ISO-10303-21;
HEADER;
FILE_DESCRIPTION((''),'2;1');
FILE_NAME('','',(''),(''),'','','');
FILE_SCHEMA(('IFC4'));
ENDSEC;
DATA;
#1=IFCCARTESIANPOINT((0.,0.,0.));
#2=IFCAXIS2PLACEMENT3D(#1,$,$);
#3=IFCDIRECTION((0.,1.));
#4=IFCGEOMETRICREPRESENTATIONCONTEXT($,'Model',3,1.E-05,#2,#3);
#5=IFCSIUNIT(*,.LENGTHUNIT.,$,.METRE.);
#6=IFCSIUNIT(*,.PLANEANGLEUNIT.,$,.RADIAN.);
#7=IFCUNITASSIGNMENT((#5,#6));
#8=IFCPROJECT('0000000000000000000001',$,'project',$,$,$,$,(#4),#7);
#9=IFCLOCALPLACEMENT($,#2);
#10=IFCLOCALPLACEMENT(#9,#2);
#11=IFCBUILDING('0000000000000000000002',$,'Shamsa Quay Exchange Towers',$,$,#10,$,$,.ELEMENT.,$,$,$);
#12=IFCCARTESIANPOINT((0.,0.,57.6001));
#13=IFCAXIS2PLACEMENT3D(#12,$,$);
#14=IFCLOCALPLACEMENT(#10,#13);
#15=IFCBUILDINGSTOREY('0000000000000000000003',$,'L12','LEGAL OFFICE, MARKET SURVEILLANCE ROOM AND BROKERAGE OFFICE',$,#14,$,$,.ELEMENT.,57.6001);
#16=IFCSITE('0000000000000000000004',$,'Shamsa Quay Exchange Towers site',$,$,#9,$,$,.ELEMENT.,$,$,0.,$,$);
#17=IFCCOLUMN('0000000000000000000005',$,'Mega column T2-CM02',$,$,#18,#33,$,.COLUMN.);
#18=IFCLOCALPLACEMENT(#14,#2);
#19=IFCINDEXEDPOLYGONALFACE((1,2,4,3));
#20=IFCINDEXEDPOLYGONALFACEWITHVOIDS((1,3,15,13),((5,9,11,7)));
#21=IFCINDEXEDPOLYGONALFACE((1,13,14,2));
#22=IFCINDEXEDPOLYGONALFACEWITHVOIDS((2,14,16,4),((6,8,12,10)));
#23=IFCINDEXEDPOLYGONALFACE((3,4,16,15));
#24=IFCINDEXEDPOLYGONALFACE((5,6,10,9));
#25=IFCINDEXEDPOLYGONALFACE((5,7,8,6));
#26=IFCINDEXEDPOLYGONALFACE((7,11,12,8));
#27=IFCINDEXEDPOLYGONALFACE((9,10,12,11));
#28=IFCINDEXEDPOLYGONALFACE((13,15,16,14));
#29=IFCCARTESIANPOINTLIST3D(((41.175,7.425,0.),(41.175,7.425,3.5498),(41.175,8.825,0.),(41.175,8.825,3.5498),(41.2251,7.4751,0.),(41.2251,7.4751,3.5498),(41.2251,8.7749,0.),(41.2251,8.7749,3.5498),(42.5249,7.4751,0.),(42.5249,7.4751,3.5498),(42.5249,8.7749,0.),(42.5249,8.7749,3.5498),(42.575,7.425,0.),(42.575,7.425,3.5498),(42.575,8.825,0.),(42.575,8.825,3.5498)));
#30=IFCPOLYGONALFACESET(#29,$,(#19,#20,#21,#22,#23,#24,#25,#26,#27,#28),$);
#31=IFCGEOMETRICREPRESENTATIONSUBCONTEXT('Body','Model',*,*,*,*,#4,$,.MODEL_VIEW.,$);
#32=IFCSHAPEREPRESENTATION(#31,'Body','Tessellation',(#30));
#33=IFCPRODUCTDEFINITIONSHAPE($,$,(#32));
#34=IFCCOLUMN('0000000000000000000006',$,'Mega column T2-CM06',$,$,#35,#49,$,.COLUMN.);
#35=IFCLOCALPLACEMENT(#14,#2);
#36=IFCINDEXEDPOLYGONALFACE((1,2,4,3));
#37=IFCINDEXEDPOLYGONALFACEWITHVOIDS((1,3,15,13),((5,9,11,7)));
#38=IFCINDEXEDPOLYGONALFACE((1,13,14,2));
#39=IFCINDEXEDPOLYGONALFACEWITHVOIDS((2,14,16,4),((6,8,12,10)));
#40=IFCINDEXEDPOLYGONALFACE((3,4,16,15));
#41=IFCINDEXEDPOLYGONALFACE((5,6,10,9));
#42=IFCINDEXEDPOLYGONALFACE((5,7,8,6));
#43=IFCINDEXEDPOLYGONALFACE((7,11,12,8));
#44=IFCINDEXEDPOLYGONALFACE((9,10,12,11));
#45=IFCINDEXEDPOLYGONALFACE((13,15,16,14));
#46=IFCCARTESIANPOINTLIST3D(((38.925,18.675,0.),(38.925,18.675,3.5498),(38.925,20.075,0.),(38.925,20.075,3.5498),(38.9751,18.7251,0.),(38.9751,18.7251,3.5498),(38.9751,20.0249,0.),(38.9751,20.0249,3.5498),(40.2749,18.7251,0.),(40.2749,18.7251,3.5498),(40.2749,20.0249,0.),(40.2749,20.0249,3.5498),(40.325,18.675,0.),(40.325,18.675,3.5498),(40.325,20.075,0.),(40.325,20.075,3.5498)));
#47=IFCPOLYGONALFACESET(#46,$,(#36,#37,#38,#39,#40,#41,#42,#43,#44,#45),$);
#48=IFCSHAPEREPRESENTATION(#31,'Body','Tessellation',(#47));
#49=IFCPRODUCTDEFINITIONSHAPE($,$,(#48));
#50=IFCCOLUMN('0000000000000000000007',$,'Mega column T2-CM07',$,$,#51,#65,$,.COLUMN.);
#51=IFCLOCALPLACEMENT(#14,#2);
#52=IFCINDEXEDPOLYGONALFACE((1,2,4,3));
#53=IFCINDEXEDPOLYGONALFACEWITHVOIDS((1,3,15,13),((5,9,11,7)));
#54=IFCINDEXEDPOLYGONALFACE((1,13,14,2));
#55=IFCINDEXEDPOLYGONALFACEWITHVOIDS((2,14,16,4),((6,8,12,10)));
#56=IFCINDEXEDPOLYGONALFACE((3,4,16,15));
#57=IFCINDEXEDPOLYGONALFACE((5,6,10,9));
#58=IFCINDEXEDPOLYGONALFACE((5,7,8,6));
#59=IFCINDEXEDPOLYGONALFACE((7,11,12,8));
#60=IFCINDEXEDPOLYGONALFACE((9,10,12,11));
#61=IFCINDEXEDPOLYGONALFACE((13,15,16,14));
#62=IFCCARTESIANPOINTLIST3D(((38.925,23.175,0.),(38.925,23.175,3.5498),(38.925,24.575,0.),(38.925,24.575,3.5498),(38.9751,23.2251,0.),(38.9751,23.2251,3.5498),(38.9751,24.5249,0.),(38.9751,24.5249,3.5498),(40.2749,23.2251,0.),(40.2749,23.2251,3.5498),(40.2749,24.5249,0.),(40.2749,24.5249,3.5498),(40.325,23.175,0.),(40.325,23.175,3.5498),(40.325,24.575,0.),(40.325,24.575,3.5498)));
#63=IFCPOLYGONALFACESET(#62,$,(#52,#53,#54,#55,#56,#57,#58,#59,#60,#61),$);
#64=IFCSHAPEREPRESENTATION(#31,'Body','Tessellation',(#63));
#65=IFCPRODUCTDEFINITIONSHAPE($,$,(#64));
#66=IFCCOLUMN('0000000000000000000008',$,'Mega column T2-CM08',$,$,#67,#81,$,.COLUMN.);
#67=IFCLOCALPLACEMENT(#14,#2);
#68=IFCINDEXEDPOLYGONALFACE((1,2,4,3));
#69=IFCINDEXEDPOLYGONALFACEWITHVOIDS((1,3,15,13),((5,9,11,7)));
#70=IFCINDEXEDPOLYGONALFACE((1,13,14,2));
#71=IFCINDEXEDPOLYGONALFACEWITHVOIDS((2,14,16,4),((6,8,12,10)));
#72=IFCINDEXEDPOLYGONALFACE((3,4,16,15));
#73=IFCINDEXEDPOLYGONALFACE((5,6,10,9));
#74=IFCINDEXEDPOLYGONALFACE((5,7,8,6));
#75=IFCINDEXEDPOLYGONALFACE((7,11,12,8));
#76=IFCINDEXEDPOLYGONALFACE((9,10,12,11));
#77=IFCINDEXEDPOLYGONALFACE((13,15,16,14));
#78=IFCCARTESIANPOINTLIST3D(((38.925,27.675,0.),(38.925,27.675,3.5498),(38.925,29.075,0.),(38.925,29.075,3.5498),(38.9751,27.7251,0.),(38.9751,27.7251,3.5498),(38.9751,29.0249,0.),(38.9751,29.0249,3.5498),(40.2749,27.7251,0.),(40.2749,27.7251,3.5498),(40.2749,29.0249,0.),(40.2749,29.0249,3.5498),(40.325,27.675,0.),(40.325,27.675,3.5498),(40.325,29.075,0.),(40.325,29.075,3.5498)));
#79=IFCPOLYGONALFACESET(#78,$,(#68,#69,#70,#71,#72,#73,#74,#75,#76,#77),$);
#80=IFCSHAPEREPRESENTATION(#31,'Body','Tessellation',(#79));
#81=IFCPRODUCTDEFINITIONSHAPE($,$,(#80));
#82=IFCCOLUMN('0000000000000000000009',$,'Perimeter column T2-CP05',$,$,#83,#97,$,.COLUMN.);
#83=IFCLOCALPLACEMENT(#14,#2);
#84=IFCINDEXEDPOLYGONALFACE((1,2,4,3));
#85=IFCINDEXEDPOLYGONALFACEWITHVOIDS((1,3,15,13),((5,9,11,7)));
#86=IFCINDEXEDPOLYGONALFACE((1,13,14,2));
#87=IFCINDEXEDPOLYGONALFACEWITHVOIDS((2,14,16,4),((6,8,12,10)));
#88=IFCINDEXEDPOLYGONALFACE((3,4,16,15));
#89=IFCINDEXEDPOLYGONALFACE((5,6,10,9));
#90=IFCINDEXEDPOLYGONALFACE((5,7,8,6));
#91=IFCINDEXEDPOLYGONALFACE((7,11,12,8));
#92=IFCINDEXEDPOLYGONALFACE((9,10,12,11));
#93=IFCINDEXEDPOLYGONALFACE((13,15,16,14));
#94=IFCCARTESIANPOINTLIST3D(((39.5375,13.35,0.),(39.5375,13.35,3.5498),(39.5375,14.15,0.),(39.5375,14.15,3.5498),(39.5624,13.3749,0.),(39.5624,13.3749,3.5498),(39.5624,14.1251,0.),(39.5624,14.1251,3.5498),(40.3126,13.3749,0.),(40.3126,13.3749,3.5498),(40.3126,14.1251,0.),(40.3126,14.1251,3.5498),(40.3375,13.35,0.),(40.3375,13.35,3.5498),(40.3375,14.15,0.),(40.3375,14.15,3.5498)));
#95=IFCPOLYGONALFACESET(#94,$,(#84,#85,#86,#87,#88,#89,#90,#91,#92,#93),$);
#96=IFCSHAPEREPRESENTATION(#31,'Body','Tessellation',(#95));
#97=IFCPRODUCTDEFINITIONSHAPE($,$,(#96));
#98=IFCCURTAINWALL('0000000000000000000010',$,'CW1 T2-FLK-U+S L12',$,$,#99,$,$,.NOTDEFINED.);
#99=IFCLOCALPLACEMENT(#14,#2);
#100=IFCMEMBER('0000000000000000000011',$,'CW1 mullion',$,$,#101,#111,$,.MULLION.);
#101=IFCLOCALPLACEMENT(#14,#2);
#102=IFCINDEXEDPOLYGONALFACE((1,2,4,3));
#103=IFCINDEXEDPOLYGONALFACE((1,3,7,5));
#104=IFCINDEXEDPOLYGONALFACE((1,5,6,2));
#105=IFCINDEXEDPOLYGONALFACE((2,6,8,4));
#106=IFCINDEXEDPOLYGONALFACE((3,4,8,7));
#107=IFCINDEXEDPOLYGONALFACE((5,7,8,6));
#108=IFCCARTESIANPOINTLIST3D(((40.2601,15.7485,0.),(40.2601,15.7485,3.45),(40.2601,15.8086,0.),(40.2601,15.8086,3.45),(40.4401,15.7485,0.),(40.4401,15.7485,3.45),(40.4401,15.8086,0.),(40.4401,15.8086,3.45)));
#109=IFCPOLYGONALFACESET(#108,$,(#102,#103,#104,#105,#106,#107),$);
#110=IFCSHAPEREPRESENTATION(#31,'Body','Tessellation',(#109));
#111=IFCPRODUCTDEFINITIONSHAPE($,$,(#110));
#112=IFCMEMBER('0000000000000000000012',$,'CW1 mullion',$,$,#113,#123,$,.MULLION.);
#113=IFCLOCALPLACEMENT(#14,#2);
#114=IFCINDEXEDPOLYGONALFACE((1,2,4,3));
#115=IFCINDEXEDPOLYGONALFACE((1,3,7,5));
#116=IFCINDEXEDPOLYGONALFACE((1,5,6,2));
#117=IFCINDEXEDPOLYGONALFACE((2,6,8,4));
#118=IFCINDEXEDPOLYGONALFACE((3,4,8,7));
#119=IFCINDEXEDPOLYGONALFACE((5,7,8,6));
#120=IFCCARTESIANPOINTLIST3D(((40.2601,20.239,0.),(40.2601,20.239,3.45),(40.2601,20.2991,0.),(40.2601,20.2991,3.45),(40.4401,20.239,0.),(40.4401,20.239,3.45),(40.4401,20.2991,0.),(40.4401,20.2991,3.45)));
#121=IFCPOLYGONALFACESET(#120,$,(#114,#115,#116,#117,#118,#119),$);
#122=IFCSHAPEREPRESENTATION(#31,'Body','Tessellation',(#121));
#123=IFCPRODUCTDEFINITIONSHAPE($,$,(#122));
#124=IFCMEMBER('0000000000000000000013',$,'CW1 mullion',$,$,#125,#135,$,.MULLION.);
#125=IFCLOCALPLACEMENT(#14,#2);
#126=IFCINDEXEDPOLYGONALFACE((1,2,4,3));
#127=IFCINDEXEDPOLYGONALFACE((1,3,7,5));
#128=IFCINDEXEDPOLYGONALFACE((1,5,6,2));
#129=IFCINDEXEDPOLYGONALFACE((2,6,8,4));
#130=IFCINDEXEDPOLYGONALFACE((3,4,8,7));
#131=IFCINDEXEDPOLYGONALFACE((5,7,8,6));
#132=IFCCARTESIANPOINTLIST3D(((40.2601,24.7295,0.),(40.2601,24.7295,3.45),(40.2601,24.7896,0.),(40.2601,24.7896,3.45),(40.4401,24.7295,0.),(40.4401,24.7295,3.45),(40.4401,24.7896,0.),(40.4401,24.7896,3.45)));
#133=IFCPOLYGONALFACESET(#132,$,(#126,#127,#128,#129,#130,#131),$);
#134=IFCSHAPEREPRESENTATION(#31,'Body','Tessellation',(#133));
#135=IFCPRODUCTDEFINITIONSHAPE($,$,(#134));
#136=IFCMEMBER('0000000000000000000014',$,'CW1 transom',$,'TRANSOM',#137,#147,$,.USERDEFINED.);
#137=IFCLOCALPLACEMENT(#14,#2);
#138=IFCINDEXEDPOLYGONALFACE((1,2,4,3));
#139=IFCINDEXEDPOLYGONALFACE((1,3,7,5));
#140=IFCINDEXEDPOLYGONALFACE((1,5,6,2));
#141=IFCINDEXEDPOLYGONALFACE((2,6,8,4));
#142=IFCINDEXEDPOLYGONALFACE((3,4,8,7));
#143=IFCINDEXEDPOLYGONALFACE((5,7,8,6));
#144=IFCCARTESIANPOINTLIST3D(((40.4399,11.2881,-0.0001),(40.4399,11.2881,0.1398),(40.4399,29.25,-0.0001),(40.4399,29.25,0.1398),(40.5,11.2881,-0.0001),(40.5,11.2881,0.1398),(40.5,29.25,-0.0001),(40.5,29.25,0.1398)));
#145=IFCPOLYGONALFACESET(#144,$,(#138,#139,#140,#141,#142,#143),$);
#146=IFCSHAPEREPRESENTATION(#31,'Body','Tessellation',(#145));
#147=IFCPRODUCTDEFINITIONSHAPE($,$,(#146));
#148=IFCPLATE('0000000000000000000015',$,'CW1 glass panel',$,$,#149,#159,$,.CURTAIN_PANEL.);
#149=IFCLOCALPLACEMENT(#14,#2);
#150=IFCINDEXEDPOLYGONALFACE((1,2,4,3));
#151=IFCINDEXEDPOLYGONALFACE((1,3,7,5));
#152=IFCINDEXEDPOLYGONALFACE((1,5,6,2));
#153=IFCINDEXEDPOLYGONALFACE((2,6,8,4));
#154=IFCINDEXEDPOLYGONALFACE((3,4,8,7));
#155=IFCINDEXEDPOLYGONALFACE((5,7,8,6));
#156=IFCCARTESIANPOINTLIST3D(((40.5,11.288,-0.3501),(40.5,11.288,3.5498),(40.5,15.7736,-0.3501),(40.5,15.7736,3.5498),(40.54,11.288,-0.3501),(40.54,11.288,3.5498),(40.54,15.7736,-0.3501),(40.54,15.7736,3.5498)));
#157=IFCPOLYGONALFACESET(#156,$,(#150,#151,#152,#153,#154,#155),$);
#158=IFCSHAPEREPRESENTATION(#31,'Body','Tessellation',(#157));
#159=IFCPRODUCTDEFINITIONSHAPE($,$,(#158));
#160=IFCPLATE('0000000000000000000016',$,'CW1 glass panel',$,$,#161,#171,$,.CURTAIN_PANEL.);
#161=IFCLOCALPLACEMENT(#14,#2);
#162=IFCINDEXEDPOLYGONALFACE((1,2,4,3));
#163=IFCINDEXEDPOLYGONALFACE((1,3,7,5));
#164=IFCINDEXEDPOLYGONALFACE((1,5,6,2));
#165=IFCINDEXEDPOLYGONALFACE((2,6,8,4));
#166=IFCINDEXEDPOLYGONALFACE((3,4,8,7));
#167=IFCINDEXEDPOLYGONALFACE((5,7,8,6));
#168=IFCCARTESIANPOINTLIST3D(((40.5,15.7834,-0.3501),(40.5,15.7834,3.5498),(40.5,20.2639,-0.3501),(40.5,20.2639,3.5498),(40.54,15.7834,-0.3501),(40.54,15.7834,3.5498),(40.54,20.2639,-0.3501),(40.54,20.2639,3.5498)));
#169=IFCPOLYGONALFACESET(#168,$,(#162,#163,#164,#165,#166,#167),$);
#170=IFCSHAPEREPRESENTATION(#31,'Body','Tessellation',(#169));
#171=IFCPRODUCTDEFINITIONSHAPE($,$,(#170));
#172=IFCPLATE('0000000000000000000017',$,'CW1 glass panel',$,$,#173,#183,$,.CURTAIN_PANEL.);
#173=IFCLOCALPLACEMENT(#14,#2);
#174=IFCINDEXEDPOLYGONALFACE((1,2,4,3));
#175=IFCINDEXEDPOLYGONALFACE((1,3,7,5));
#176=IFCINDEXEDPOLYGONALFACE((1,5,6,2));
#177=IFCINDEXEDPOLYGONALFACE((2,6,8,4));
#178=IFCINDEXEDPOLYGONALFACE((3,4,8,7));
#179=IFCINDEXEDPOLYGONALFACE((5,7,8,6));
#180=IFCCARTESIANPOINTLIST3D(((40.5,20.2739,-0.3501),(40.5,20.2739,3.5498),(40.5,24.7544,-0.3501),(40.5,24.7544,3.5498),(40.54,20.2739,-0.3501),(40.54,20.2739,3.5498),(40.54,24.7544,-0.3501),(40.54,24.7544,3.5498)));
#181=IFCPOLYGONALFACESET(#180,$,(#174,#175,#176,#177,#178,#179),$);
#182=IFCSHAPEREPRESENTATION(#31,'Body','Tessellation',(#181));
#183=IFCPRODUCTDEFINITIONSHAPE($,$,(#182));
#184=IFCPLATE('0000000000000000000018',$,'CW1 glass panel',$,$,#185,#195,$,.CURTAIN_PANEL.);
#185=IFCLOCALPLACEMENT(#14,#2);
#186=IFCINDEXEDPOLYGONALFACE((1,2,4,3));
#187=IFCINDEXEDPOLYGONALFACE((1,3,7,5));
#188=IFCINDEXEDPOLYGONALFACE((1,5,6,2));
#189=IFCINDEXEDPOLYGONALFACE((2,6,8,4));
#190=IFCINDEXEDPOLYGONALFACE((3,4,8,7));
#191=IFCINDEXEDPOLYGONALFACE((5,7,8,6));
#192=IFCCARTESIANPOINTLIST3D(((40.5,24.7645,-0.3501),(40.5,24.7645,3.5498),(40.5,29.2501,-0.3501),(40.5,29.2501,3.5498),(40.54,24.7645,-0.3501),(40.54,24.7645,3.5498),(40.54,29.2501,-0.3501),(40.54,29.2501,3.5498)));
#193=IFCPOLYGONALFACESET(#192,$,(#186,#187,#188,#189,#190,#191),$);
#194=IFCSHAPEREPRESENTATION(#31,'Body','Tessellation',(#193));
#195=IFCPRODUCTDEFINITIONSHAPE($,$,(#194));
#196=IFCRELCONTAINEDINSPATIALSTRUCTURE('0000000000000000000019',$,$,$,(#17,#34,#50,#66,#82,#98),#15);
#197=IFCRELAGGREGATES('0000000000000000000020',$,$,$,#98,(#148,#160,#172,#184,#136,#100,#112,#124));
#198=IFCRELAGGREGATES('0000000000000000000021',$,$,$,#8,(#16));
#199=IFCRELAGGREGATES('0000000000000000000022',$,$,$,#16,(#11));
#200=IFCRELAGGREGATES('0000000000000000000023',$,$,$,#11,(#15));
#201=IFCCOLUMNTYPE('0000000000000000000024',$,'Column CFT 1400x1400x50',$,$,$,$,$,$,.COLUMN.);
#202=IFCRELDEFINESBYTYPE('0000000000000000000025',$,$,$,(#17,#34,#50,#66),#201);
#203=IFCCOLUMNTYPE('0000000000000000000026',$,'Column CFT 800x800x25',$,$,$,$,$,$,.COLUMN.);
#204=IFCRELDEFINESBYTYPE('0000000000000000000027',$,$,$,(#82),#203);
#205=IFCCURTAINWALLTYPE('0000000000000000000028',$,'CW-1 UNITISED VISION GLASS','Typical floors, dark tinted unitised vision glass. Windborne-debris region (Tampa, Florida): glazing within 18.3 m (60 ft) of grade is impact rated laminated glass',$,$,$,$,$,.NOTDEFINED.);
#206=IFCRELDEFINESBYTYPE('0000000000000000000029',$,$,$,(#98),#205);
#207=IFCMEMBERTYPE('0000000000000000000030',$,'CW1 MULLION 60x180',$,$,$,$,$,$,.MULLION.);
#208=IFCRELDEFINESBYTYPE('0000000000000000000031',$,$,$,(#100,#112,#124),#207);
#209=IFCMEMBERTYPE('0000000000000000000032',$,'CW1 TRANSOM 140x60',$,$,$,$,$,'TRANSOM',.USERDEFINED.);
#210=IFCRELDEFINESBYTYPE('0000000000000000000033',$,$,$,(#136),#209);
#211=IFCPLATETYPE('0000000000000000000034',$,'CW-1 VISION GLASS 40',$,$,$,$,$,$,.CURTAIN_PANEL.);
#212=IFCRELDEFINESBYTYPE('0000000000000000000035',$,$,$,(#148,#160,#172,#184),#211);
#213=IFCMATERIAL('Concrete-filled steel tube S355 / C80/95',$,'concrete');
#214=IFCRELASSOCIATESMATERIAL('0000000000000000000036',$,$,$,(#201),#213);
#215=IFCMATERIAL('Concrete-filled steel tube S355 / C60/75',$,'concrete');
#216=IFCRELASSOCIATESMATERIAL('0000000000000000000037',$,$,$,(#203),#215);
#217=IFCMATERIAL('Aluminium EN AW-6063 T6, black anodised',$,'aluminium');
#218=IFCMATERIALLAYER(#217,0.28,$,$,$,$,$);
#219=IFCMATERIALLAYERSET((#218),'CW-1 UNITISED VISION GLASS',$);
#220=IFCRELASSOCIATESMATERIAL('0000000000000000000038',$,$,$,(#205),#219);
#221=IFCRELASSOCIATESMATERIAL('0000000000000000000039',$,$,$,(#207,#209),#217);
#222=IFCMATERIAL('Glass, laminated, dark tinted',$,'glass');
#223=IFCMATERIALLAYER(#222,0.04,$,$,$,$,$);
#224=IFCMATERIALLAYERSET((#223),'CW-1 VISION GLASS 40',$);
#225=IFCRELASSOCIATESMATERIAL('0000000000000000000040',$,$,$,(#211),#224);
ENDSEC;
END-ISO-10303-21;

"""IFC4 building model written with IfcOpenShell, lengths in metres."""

from ifc_helpers import new_model, si_unit, direction, frame, origin, origin_2d, place, context, subcontext, project, spatial, rectangle, hollow_rectangle, extrude, material, layer, layer_set, material_profile, profile_set, type_object, element, aggregate, save


model = new_model("IFC4")

# Units and contexts
model_context = context("Model", 3, precision=1e-05, world=origin(), true_north=direction((0.0, 1.0)))
body_context = subcontext(model_context, "Body", "Model", "MODEL_VIEW")
ifc_project = project(units=[si_unit("LENGTHUNIT", "METRE"), si_unit("PLANEANGLEUNIT", "RADIAN")], contexts=[model_context])

# Site, building, storey
site_placement = place(None, origin())
site = spatial("IfcSite", under=ifc_project, at=site_placement, Name="Shamsa Quay Exchange Towers site", CompositionType="ELEMENT", RefElevation=0.0)
building_placement = place(site_placement, origin())
building = spatial("IfcBuilding", under=site, at=building_placement, Name="Shamsa Quay Exchange Towers", CompositionType="ELEMENT")
storey_placement = place(building_placement, frame((0.0, 0.0, 57.6001)))
storey = spatial("IfcBuildingStorey", under=building, at=storey_placement, Name="L12", Description="LEGAL OFFICE, MARKET SURVEILLANCE ROOM AND BROKERAGE OFFICE", CompositionType="ELEMENT", Elevation=57.6001)

# Columns
ifc_material_1 = material(Name="Concrete-filled steel tube S355 / C80/95", Category="concrete")
ifc_material_profile_1 = material_profile(ifc_material_1, hollow_rectangle(XDim=1.3999, YDim=1.3999, WallThickness=0.05, at=origin_2d()), Name="CFT 1400x1400x50")
ifc_profile_set_1 = profile_set([ifc_material_profile_1], Name="Concrete-filled steel tube S355 / C80/95")
column_type_1 = type_object("IfcColumnType", Name="Column CFT 1400x1400x50", PredefinedType="COLUMN", material=ifc_profile_set_1)
for number, where, name in (
    (1, (41.875, 8.125, 0.0), "Mega column T2-CM02"),
    (2, (39.625, 19.375, 0.0), "Mega column T2-CM06"),
    (3, (39.625, 23.875, 0.0), "Mega column T2-CM07"),
    (4, (39.625, 28.375, 0.0), "Mega column T2-CM08"),
):
    element("IfcColumn", number, at=place(storey_placement, frame(where)), inside=storey, type_object=column_type_1, Name=name, PredefinedType="COLUMN", context=body_context, shape_type="SweptSolid", body=[
        extrude(hollow_rectangle(XDim=1.3999, YDim=1.3999, WallThickness=0.05, at=origin_2d()), origin(), (0.0, 0.0, 1.0), 3.5498),
    ])
ifc_material_2 = material(Name="Concrete-filled steel tube S355 / C60/75", Category="concrete")
ifc_material_profile_2 = material_profile(ifc_material_2, hollow_rectangle(XDim=0.8, YDim=0.8, WallThickness=0.0249, at=origin_2d()), Name="CFT 800x800x25")
ifc_profile_set_2 = profile_set([ifc_material_profile_2], Name="Concrete-filled steel tube S355 / C60/75")
column_type_2 = type_object("IfcColumnType", Name="Column CFT 800x800x25", PredefinedType="COLUMN", material=ifc_profile_set_2)
column_placement = place(storey_placement, frame((39.9375, 13.75, 0.0)))
element("IfcColumn", 5, at=column_placement, inside=storey, type_object=column_type_2, Name="Perimeter column T2-CP05", PredefinedType="COLUMN", context=body_context, shape_type="SweptSolid", body=[
    extrude(hollow_rectangle(XDim=0.8, YDim=0.8, WallThickness=0.0249, at=origin_2d()), origin(), (0.0, 0.0, 1.0), 3.5498),
])

# Curtain wall, members, plates
ifc_material_3 = material(Name="Aluminium EN AW-6063 T6, black anodised", Category="aluminium")
ifc_layer_1 = layer(ifc_material_3, 0.28)
ifc_layer_set_1 = layer_set([ifc_layer_1], Name="CW-1 UNITISED VISION GLASS")
curtain_wall_type_1 = type_object("IfcCurtainWallType", Name="CW-1 UNITISED VISION GLASS", Description="Typical floors, dark tinted unitised vision glass. Windborne-debris region (Tampa, Florida): glazing within 18.3 m (60 ft) of grade is impact rated laminated glass", PredefinedType="NOTDEFINED", material=ifc_layer_set_1)
curtain_wall_1_placement = place(storey_placement, origin())
curtain_wall_1 = element("IfcCurtainWall", 6, at=curtain_wall_1_placement, inside=storey, type_object=curtain_wall_type_1, Name="CW1 T2-FLK-U+S L12", PredefinedType="NOTDEFINED")
ifc_material_profile_3 = material_profile(ifc_material_3, rectangle(XDim=0.1799, YDim=0.0601, at=origin_2d()), Name="MU60x180")
ifc_profile_set_3 = profile_set([ifc_material_profile_3], Name="Aluminium EN AW-6063 T6, black anodised")
member_type_1 = type_object("IfcMemberType", Name="CW1 MULLION 60x180", PredefinedType="MULLION", material=ifc_profile_set_3)
member_1_placement = place(storey_placement, frame((40.3501, 15.7786, 0.0), z_axis=(0.0, 0.0, 1.0), x_axis=(-1.0, 0.0, 0.0)))
member_1 = element("IfcMember", 7, at=member_1_placement, type_object=member_type_1, Name="CW1 mullion", PredefinedType="MULLION", context=body_context, shape_type="SweptSolid", body=[
    extrude(rectangle(XDim=0.1799, YDim=0.0601, at=origin_2d()), origin(), (0.0, 0.0, 1.0), 3.45),
])
member_2_placement = place(storey_placement, frame((40.3501, 20.269, 0.0), z_axis=(0.0, 0.0, 1.0), x_axis=(-1.0, 0.0, 0.0)))
member_2 = element("IfcMember", 8, at=member_2_placement, type_object=member_type_1, Name="CW1 mullion", PredefinedType="MULLION", context=body_context, shape_type="SweptSolid", body=[
    extrude(rectangle(XDim=0.1799, YDim=0.0601, at=origin_2d()), origin(), (0.0, 0.0, 1.0), 3.45),
])
member_3_placement = place(storey_placement, frame((40.3501, 24.7595, 0.0), z_axis=(0.0, 0.0, 1.0), x_axis=(-1.0, 0.0, 0.0)))
member_3 = element("IfcMember", 9, at=member_3_placement, type_object=member_type_1, Name="CW1 mullion", PredefinedType="MULLION", context=body_context, shape_type="SweptSolid", body=[
    extrude(rectangle(XDim=0.1799, YDim=0.0601, at=origin_2d()), origin(), (0.0, 0.0, 1.0), 3.45),
])
ifc_material_profile_4 = material_profile(ifc_material_3, rectangle(XDim=0.0601, YDim=0.1399, at=origin_2d()), Name="TR140x60")
ifc_profile_set_4 = profile_set([ifc_material_profile_4], Name="Aluminium EN AW-6063 T6, black anodised")
member_type_2 = type_object("IfcMemberType", Name="CW1 TRANSOM 140x60", ElementType="TRANSOM", PredefinedType="USERDEFINED", material=ifc_profile_set_4)
member_4_placement = place(storey_placement, frame((40.47, 11.2881, 0.0698), z_axis=(0.0, 1.0, 0.0), x_axis=(-1.0, 0.0, 0.0)))
member_4 = element("IfcMember", 10, at=member_4_placement, type_object=member_type_2, Name="CW1 transom", ObjectType="TRANSOM", PredefinedType="USERDEFINED", context=body_context, shape_type="SweptSolid", body=[
    extrude(rectangle(XDim=0.0601, YDim=0.1399, at=origin_2d()), origin(), (0.0, 0.0, 1.0), 17.9619),
])
ifc_material_4 = material(Name="Glass, laminated, dark tinted", Category="glass")
ifc_layer_2 = layer(ifc_material_4, 0.04)
ifc_layer_set_2 = layer_set([ifc_layer_2], Name="CW-1 VISION GLASS 40")
plate_type_1 = type_object("IfcPlateType", Name="CW-1 VISION GLASS 40", PredefinedType="CURTAIN_PANEL", material=ifc_layer_set_2)
plate_1_placement = place(storey_placement, frame((40.52, 13.5308, -0.3501), z_axis=(0.0, 0.0, 1.0), x_axis=(0.0, 1.0, 0.0)))
plate_1 = element("IfcPlate", 11, at=plate_1_placement, type_object=plate_type_1, Name="CW1 glass panel", PredefinedType="CURTAIN_PANEL", context=body_context, shape_type="SweptSolid", body=[
    extrude(rectangle(XDim=4.4856, YDim=0.04, at=origin_2d()), origin(), (0.0, 0.0, 1.0), 3.8999),
])
plate_2_placement = place(storey_placement, frame((40.52, 18.0237, -0.3501), z_axis=(0.0, 0.0, 1.0), x_axis=(0.0, 1.0, 0.0)))
plate_2 = element("IfcPlate", 12, at=plate_2_placement, type_object=plate_type_1, Name="CW1 glass panel", PredefinedType="CURTAIN_PANEL", context=body_context, shape_type="SweptSolid", body=[
    extrude(rectangle(XDim=4.4805, YDim=0.04, at=origin_2d()), origin(), (0.0, 0.0, 1.0), 3.8999),
])
plate_3_placement = place(storey_placement, frame((40.52, 22.5142, -0.3501), z_axis=(0.0, 0.0, 1.0), x_axis=(0.0, 1.0, 0.0)))
plate_3 = element("IfcPlate", 13, at=plate_3_placement, type_object=plate_type_1, Name="CW1 glass panel", PredefinedType="CURTAIN_PANEL", context=body_context, shape_type="SweptSolid", body=[
    extrude(rectangle(XDim=4.4805, YDim=0.04, at=origin_2d()), origin(), (0.0, 0.0, 1.0), 3.8999),
])
plate_4_placement = place(storey_placement, frame((40.52, 27.0073, -0.3501), z_axis=(0.0, 0.0, 1.0), x_axis=(0.0, 1.0, 0.0)))
plate_4 = element("IfcPlate", 14, at=plate_4_placement, type_object=plate_type_1, Name="CW1 glass panel", PredefinedType="CURTAIN_PANEL", context=body_context, shape_type="SweptSolid", body=[
    extrude(rectangle(XDim=4.4856, YDim=0.04, at=origin_2d()), origin(), (0.0, 0.0, 1.0), 3.8999),
])
aggregate(curtain_wall_1, [plate_1, plate_2, plate_3, plate_4, member_4, member_1, member_2, member_3])

save(model, "model.ifc")
